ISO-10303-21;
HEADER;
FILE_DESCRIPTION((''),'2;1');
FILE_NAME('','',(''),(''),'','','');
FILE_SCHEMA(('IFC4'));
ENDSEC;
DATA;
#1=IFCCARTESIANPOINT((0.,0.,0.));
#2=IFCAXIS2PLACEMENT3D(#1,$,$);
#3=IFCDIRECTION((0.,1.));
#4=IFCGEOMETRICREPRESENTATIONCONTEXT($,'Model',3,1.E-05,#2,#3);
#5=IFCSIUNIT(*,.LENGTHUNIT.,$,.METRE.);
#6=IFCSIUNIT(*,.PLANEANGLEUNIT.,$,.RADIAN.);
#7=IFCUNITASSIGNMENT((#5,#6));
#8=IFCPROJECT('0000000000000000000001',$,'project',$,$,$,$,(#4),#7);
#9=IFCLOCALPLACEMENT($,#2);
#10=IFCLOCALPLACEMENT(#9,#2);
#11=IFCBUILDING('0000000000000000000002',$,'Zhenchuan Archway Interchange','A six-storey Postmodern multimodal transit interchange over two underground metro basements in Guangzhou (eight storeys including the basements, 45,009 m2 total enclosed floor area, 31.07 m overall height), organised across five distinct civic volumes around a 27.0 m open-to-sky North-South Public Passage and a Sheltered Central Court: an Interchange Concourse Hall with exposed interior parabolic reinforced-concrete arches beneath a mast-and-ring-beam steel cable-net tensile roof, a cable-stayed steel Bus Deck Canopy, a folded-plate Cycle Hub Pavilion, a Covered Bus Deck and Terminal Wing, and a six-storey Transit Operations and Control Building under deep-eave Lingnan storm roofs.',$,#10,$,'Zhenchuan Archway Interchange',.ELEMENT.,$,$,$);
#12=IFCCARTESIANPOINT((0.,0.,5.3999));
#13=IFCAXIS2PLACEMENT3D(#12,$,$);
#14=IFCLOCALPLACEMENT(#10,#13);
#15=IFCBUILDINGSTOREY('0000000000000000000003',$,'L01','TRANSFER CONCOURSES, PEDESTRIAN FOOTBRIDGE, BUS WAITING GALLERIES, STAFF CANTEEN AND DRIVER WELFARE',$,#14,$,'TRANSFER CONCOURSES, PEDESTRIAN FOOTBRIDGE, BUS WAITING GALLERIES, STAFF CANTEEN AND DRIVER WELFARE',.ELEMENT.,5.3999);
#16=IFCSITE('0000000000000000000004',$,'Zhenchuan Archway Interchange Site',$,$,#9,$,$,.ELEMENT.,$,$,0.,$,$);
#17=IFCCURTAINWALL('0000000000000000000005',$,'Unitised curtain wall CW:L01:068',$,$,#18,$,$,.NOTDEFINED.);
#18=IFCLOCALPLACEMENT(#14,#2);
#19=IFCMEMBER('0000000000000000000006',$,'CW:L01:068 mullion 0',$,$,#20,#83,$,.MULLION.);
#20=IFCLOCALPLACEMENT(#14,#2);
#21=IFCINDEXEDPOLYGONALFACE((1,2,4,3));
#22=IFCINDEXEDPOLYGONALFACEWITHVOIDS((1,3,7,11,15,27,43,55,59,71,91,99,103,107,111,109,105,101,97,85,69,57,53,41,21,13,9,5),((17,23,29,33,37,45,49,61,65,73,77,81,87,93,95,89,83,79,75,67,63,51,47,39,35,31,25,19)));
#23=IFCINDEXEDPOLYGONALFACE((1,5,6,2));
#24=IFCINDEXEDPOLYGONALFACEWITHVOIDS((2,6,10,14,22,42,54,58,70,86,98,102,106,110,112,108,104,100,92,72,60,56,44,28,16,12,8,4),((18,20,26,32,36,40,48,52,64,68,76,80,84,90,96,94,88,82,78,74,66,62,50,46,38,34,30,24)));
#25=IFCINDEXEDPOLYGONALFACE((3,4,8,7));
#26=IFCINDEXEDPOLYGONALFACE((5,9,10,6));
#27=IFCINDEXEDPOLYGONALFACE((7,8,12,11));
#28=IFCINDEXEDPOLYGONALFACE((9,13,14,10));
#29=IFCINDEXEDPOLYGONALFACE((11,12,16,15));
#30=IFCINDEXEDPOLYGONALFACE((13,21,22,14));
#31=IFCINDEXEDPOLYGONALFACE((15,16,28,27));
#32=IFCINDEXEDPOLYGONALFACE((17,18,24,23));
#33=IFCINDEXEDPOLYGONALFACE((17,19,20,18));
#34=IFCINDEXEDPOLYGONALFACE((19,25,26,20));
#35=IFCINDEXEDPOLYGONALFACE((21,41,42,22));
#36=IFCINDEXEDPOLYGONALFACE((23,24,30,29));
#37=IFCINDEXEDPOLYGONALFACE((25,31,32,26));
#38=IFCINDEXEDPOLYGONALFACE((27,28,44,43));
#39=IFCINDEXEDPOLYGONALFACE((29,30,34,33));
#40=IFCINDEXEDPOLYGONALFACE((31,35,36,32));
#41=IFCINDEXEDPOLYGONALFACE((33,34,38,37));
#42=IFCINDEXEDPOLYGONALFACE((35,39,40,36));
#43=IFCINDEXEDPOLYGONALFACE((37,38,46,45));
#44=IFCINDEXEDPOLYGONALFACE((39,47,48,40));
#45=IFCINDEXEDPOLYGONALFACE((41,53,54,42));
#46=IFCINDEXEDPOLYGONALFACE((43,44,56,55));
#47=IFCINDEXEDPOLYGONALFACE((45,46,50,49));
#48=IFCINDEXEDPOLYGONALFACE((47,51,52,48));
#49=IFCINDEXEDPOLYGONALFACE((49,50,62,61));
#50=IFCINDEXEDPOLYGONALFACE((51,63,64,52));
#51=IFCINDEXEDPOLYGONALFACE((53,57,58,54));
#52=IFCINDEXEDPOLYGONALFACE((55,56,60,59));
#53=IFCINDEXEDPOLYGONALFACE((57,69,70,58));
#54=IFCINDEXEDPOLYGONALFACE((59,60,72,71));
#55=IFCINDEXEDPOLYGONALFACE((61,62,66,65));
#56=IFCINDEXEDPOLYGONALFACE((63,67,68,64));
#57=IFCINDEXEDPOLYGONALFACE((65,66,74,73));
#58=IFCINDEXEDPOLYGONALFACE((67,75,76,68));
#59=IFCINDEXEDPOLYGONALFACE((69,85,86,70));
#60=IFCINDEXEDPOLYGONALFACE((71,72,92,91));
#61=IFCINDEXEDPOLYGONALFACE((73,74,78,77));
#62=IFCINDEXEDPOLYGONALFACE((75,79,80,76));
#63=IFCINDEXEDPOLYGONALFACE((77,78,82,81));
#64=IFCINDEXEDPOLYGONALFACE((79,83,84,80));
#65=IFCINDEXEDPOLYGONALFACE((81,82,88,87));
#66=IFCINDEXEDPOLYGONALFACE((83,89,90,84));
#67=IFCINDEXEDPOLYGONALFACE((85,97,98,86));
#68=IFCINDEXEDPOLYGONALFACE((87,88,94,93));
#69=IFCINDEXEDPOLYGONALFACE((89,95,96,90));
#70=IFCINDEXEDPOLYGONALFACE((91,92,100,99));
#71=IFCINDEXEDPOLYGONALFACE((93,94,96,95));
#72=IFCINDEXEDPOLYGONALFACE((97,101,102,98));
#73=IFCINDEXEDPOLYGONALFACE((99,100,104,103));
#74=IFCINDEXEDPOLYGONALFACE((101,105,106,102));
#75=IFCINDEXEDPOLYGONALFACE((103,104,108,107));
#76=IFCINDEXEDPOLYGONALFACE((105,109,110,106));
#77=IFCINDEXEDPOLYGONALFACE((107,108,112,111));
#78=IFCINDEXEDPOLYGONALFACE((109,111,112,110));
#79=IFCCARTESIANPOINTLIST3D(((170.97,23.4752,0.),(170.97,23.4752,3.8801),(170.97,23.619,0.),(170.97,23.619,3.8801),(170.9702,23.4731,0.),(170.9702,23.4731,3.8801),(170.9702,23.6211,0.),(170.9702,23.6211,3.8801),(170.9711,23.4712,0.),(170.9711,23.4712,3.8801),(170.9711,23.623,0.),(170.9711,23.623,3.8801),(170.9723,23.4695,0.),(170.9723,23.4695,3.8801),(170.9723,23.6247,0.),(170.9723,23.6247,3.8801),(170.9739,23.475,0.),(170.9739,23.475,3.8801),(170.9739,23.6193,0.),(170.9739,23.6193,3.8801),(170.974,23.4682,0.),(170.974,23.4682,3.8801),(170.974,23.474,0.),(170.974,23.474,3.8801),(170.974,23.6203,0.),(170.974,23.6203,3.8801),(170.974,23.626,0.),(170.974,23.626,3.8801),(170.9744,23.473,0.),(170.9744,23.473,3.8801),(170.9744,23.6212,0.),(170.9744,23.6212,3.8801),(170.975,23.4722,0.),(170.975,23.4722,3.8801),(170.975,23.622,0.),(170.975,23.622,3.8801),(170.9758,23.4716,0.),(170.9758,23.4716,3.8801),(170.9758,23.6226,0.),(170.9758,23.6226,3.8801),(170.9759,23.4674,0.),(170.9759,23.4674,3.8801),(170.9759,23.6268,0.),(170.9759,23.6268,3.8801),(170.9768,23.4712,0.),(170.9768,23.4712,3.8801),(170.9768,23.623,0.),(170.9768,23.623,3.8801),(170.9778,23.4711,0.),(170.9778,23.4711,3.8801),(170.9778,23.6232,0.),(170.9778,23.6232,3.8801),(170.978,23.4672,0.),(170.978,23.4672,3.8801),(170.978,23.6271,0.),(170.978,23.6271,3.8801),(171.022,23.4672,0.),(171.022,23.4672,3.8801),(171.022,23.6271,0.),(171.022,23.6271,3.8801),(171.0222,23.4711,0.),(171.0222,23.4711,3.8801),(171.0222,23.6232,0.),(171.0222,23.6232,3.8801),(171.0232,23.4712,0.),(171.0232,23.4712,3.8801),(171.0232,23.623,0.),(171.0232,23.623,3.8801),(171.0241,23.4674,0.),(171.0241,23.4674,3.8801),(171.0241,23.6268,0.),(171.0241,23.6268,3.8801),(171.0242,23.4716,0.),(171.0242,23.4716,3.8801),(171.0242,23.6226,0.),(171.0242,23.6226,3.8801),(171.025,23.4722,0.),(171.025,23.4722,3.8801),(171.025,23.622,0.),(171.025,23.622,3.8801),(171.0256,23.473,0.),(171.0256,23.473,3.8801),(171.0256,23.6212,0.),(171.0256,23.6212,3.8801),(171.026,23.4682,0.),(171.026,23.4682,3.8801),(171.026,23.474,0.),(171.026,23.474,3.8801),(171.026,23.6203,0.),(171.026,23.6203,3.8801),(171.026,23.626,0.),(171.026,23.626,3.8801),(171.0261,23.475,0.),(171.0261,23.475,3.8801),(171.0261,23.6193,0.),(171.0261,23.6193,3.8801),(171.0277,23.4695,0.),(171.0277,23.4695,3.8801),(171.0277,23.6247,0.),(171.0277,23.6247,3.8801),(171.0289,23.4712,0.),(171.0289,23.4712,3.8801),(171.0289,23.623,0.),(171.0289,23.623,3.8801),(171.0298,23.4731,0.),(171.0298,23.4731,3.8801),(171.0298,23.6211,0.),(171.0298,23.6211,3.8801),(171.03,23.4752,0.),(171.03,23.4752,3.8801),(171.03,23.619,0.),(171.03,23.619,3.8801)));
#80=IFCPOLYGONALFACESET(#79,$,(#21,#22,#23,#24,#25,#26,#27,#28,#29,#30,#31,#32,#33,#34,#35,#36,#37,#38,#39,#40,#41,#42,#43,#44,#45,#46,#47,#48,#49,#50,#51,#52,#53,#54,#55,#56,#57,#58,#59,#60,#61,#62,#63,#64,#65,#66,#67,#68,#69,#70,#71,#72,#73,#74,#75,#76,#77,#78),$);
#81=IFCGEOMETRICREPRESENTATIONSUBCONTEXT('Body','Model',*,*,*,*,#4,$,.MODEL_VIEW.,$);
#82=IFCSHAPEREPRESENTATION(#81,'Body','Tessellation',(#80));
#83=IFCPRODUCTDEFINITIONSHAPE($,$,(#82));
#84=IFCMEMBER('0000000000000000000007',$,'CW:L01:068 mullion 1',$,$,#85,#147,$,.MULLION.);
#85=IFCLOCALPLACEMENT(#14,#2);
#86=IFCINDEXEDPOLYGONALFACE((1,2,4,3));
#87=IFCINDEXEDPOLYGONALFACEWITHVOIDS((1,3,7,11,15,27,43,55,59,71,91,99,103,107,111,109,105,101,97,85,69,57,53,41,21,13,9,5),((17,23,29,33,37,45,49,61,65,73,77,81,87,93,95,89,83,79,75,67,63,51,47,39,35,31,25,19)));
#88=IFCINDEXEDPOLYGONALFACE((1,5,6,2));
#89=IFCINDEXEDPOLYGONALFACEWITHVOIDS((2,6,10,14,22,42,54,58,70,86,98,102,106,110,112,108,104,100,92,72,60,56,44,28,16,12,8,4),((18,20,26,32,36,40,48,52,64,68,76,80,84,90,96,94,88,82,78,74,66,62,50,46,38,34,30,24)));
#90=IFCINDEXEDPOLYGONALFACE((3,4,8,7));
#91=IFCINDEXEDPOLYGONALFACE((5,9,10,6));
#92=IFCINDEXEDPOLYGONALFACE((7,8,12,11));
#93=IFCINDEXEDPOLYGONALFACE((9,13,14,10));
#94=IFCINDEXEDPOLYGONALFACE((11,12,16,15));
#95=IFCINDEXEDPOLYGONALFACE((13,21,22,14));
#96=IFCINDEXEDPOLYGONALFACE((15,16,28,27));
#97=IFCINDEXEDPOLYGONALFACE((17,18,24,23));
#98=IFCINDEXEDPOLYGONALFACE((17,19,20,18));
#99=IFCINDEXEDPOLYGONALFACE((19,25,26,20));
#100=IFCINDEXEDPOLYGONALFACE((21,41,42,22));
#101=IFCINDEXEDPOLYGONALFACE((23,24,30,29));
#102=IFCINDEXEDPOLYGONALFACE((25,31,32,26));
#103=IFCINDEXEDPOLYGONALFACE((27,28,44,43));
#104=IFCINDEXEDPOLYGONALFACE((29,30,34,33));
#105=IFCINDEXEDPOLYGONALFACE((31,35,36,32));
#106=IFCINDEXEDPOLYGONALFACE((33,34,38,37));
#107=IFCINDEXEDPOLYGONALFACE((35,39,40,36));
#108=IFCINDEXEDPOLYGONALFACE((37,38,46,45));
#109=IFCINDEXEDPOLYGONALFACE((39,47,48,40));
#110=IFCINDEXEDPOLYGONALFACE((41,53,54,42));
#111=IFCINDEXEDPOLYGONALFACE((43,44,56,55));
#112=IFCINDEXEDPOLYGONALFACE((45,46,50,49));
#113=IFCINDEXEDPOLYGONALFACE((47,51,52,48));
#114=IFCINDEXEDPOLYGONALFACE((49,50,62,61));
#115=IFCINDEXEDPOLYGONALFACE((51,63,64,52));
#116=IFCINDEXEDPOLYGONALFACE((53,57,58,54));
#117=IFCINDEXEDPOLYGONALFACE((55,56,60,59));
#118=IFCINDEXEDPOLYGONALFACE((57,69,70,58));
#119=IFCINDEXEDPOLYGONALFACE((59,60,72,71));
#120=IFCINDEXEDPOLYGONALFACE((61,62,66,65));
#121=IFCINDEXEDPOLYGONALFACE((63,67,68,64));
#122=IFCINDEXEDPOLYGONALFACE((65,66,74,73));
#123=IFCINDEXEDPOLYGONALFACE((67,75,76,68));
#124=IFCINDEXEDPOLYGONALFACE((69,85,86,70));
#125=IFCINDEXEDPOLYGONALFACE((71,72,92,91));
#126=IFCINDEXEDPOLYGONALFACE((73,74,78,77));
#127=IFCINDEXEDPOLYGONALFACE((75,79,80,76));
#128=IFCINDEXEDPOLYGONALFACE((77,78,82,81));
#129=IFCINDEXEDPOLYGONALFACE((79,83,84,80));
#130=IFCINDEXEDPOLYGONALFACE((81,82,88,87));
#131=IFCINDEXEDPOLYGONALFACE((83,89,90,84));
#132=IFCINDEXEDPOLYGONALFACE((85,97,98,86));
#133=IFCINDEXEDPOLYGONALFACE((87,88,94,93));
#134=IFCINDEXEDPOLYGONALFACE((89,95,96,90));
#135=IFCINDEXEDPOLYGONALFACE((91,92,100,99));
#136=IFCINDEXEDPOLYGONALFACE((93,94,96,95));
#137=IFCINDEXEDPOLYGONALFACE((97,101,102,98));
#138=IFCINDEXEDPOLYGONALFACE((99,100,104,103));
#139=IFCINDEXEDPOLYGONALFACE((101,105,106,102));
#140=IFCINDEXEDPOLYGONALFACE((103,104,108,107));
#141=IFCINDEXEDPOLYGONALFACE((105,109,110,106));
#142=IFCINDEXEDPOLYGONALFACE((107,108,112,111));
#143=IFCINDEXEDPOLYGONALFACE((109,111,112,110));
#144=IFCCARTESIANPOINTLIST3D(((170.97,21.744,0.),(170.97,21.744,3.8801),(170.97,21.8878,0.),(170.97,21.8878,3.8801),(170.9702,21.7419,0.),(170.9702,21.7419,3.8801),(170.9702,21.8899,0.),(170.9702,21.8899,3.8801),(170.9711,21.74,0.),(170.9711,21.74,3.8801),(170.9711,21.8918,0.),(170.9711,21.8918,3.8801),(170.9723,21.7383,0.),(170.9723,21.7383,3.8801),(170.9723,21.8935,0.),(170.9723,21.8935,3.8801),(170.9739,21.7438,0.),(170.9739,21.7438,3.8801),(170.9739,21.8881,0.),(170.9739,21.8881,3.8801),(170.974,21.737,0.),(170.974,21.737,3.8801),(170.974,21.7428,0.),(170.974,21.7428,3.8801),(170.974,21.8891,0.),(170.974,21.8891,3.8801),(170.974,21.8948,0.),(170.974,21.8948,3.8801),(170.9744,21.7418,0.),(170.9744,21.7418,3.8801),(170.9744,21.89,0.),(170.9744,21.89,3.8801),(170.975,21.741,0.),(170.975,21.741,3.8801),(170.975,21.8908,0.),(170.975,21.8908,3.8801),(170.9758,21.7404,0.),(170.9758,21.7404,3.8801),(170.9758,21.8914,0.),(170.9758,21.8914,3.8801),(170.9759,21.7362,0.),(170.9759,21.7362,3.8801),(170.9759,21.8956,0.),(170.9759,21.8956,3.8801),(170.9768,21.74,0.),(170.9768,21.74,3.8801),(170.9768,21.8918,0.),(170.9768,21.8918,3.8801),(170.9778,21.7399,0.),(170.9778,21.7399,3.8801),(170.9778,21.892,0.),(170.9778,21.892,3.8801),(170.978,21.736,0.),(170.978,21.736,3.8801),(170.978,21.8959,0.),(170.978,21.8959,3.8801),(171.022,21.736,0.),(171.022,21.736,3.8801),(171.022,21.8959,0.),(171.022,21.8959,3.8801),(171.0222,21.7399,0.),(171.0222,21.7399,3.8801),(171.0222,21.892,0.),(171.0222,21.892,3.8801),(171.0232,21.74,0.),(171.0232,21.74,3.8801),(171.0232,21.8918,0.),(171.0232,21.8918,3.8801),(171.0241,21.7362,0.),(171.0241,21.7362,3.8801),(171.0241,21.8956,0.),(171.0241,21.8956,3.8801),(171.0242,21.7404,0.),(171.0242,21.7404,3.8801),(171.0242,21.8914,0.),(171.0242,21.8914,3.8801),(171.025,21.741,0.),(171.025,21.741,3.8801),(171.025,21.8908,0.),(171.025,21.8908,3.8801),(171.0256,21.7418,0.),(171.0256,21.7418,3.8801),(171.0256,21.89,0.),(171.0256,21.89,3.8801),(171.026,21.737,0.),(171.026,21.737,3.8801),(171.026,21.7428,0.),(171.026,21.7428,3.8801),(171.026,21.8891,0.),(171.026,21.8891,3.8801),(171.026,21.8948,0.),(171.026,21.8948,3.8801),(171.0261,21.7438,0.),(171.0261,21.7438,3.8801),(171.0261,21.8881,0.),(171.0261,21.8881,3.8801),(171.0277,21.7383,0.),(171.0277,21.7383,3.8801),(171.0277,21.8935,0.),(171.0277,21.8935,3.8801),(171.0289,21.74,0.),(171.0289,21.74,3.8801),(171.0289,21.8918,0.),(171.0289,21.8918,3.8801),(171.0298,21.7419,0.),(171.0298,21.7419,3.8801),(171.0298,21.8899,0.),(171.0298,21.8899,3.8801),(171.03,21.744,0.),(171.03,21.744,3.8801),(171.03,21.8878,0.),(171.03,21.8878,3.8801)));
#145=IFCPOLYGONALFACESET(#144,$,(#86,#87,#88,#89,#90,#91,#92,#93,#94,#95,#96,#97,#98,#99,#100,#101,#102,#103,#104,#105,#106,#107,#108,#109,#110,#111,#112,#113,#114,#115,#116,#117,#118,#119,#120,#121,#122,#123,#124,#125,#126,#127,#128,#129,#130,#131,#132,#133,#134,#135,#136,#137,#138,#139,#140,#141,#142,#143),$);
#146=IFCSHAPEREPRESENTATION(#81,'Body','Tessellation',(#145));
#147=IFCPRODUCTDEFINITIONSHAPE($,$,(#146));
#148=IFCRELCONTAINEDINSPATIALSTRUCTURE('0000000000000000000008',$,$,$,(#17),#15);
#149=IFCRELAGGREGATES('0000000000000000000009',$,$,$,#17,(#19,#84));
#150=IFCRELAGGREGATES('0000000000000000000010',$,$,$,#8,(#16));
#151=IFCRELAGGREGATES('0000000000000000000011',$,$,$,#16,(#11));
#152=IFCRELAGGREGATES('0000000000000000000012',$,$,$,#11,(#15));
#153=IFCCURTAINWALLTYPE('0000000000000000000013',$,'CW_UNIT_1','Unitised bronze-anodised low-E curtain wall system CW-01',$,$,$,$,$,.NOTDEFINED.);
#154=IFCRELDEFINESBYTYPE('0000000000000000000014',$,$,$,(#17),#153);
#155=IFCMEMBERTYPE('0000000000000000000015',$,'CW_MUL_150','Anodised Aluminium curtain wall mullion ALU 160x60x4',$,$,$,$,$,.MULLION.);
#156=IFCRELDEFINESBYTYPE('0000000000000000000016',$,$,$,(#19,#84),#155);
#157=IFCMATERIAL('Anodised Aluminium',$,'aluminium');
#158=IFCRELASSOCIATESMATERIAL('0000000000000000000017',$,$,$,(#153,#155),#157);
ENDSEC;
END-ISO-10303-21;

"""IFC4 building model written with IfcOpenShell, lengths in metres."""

from ifc_helpers import new_model, si_unit, direction, frame, origin, origin_2d, place, context, subcontext, project, spatial, hollow_rectangle, extrude, material, material_profile, profile_set, type_object, element, aggregate, save


model = new_model("IFC4")

# Units and contexts
model_context = context("Model", 3, precision=1e-05, world=origin(), true_north=direction((0.0, 1.0)))
body_context = subcontext(model_context, "Body", "Model", "MODEL_VIEW")
ifc_project = project(units=[si_unit("LENGTHUNIT", "METRE"), si_unit("PLANEANGLEUNIT", "RADIAN")], contexts=[model_context])

# Site, building, storey
site_placement = place(None, origin())
site = spatial("IfcSite", under=ifc_project, at=site_placement, Name="Zhenchuan Archway Interchange Site", CompositionType="ELEMENT", RefElevation=0.0)
building_placement = place(site_placement, origin())
building = spatial("IfcBuilding", under=site, at=building_placement, Name="Zhenchuan Archway Interchange", Description="A six-storey Postmodern multimodal transit interchange over two underground metro basements in Guangzhou (eight storeys including the basements, 45,009 m2 total enclosed floor area, 31.07 m overall height), organised across five distinct civic volumes around a 27.0 m open-to-sky North-South Public Passage and a Sheltered Central Court: an Interchange Concourse Hall with exposed interior parabolic reinforced-concrete arches beneath a mast-and-ring-beam steel cable-net tensile roof, a cable-stayed steel Bus Deck Canopy, a folded-plate Cycle Hub Pavilion, a Covered Bus Deck and Terminal Wing, and a six-storey Transit Operations and Control Building under deep-eave Lingnan storm roofs.", LongName="Zhenchuan Archway Interchange", CompositionType="ELEMENT")
storey_placement = place(building_placement, frame((0.0, 0.0, 5.3999)))
storey = spatial("IfcBuildingStorey", under=building, at=storey_placement, Name="L01", Description="TRANSFER CONCOURSES, PEDESTRIAN FOOTBRIDGE, BUS WAITING GALLERIES, STAFF CANTEEN AND DRIVER WELFARE", LongName="TRANSFER CONCOURSES, PEDESTRIAN FOOTBRIDGE, BUS WAITING GALLERIES, STAFF CANTEEN AND DRIVER WELFARE", CompositionType="ELEMENT", Elevation=5.3999)

# Curtain wall, members
ifc_material_1 = material(Name="Anodised Aluminium", Category="aluminium")
curtain_wall_type = type_object("IfcCurtainWallType", Name="CW_UNIT_1", Description="Unitised bronze-anodised low-E curtain wall system CW-01", PredefinedType="NOTDEFINED", material=ifc_material_1)
curtain_wall_placement = place(storey_placement, origin())
curtain_wall = element("IfcCurtainWall", 1, at=curtain_wall_placement, inside=storey, type_object=curtain_wall_type, Name="Unitised curtain wall CW:L01:068", PredefinedType="NOTDEFINED")
ifc_material_profile_1 = material_profile(ifc_material_1, hollow_rectangle(XDim=0.0601, YDim=0.1599, WallThickness=0.0039, InnerFilletRadius=0.0039, OuterFilletRadius=0.0081, at=origin_2d()), Name="ALU 160x60x4")
ifc_profile_set_1 = profile_set([ifc_material_profile_1], Name="Anodised Aluminium")
member_type_1 = type_object("IfcMemberType", Name="CW_MUL_150", Description="Anodised Aluminium curtain wall mullion ALU 160x60x4", PredefinedType="MULLION", material=ifc_profile_set_1)
member_1_placement = place(storey_placement, frame((171.0, 23.5471, 0.0), z_axis=(0.0, 0.0, 1.0), x_axis=(1.0, 0.0, 0.0)))
member_1 = element("IfcMember", 2, at=member_1_placement, type_object=member_type_1, Name="CW:L01:068 mullion 0", PredefinedType="MULLION", context=body_context, shape_type="SweptSolid", body=[
    extrude(hollow_rectangle(XDim=0.0601, YDim=0.1599, WallThickness=0.0039, InnerFilletRadius=0.0039, OuterFilletRadius=0.0081, at=origin_2d()), origin(), (0.0, 0.0, 1.0), 3.8801),
])
member_2_placement = place(storey_placement, frame((171.0, 21.8159, 0.0), z_axis=(0.0, 0.0, 1.0), x_axis=(1.0, 0.0, 0.0)))
member_2 = element("IfcMember", 3, at=member_2_placement, type_object=member_type_1, Name="CW:L01:068 mullion 1", PredefinedType="MULLION", context=body_context, shape_type="SweptSolid", body=[
    extrude(hollow_rectangle(XDim=0.0601, YDim=0.1599, WallThickness=0.0039, InnerFilletRadius=0.0039, OuterFilletRadius=0.0081, at=origin_2d()), origin(), (0.0, 0.0, 1.0), 3.8801),
])

aggregate(curtain_wall, [member_1, member_2])

save(model, "model.ifc")
